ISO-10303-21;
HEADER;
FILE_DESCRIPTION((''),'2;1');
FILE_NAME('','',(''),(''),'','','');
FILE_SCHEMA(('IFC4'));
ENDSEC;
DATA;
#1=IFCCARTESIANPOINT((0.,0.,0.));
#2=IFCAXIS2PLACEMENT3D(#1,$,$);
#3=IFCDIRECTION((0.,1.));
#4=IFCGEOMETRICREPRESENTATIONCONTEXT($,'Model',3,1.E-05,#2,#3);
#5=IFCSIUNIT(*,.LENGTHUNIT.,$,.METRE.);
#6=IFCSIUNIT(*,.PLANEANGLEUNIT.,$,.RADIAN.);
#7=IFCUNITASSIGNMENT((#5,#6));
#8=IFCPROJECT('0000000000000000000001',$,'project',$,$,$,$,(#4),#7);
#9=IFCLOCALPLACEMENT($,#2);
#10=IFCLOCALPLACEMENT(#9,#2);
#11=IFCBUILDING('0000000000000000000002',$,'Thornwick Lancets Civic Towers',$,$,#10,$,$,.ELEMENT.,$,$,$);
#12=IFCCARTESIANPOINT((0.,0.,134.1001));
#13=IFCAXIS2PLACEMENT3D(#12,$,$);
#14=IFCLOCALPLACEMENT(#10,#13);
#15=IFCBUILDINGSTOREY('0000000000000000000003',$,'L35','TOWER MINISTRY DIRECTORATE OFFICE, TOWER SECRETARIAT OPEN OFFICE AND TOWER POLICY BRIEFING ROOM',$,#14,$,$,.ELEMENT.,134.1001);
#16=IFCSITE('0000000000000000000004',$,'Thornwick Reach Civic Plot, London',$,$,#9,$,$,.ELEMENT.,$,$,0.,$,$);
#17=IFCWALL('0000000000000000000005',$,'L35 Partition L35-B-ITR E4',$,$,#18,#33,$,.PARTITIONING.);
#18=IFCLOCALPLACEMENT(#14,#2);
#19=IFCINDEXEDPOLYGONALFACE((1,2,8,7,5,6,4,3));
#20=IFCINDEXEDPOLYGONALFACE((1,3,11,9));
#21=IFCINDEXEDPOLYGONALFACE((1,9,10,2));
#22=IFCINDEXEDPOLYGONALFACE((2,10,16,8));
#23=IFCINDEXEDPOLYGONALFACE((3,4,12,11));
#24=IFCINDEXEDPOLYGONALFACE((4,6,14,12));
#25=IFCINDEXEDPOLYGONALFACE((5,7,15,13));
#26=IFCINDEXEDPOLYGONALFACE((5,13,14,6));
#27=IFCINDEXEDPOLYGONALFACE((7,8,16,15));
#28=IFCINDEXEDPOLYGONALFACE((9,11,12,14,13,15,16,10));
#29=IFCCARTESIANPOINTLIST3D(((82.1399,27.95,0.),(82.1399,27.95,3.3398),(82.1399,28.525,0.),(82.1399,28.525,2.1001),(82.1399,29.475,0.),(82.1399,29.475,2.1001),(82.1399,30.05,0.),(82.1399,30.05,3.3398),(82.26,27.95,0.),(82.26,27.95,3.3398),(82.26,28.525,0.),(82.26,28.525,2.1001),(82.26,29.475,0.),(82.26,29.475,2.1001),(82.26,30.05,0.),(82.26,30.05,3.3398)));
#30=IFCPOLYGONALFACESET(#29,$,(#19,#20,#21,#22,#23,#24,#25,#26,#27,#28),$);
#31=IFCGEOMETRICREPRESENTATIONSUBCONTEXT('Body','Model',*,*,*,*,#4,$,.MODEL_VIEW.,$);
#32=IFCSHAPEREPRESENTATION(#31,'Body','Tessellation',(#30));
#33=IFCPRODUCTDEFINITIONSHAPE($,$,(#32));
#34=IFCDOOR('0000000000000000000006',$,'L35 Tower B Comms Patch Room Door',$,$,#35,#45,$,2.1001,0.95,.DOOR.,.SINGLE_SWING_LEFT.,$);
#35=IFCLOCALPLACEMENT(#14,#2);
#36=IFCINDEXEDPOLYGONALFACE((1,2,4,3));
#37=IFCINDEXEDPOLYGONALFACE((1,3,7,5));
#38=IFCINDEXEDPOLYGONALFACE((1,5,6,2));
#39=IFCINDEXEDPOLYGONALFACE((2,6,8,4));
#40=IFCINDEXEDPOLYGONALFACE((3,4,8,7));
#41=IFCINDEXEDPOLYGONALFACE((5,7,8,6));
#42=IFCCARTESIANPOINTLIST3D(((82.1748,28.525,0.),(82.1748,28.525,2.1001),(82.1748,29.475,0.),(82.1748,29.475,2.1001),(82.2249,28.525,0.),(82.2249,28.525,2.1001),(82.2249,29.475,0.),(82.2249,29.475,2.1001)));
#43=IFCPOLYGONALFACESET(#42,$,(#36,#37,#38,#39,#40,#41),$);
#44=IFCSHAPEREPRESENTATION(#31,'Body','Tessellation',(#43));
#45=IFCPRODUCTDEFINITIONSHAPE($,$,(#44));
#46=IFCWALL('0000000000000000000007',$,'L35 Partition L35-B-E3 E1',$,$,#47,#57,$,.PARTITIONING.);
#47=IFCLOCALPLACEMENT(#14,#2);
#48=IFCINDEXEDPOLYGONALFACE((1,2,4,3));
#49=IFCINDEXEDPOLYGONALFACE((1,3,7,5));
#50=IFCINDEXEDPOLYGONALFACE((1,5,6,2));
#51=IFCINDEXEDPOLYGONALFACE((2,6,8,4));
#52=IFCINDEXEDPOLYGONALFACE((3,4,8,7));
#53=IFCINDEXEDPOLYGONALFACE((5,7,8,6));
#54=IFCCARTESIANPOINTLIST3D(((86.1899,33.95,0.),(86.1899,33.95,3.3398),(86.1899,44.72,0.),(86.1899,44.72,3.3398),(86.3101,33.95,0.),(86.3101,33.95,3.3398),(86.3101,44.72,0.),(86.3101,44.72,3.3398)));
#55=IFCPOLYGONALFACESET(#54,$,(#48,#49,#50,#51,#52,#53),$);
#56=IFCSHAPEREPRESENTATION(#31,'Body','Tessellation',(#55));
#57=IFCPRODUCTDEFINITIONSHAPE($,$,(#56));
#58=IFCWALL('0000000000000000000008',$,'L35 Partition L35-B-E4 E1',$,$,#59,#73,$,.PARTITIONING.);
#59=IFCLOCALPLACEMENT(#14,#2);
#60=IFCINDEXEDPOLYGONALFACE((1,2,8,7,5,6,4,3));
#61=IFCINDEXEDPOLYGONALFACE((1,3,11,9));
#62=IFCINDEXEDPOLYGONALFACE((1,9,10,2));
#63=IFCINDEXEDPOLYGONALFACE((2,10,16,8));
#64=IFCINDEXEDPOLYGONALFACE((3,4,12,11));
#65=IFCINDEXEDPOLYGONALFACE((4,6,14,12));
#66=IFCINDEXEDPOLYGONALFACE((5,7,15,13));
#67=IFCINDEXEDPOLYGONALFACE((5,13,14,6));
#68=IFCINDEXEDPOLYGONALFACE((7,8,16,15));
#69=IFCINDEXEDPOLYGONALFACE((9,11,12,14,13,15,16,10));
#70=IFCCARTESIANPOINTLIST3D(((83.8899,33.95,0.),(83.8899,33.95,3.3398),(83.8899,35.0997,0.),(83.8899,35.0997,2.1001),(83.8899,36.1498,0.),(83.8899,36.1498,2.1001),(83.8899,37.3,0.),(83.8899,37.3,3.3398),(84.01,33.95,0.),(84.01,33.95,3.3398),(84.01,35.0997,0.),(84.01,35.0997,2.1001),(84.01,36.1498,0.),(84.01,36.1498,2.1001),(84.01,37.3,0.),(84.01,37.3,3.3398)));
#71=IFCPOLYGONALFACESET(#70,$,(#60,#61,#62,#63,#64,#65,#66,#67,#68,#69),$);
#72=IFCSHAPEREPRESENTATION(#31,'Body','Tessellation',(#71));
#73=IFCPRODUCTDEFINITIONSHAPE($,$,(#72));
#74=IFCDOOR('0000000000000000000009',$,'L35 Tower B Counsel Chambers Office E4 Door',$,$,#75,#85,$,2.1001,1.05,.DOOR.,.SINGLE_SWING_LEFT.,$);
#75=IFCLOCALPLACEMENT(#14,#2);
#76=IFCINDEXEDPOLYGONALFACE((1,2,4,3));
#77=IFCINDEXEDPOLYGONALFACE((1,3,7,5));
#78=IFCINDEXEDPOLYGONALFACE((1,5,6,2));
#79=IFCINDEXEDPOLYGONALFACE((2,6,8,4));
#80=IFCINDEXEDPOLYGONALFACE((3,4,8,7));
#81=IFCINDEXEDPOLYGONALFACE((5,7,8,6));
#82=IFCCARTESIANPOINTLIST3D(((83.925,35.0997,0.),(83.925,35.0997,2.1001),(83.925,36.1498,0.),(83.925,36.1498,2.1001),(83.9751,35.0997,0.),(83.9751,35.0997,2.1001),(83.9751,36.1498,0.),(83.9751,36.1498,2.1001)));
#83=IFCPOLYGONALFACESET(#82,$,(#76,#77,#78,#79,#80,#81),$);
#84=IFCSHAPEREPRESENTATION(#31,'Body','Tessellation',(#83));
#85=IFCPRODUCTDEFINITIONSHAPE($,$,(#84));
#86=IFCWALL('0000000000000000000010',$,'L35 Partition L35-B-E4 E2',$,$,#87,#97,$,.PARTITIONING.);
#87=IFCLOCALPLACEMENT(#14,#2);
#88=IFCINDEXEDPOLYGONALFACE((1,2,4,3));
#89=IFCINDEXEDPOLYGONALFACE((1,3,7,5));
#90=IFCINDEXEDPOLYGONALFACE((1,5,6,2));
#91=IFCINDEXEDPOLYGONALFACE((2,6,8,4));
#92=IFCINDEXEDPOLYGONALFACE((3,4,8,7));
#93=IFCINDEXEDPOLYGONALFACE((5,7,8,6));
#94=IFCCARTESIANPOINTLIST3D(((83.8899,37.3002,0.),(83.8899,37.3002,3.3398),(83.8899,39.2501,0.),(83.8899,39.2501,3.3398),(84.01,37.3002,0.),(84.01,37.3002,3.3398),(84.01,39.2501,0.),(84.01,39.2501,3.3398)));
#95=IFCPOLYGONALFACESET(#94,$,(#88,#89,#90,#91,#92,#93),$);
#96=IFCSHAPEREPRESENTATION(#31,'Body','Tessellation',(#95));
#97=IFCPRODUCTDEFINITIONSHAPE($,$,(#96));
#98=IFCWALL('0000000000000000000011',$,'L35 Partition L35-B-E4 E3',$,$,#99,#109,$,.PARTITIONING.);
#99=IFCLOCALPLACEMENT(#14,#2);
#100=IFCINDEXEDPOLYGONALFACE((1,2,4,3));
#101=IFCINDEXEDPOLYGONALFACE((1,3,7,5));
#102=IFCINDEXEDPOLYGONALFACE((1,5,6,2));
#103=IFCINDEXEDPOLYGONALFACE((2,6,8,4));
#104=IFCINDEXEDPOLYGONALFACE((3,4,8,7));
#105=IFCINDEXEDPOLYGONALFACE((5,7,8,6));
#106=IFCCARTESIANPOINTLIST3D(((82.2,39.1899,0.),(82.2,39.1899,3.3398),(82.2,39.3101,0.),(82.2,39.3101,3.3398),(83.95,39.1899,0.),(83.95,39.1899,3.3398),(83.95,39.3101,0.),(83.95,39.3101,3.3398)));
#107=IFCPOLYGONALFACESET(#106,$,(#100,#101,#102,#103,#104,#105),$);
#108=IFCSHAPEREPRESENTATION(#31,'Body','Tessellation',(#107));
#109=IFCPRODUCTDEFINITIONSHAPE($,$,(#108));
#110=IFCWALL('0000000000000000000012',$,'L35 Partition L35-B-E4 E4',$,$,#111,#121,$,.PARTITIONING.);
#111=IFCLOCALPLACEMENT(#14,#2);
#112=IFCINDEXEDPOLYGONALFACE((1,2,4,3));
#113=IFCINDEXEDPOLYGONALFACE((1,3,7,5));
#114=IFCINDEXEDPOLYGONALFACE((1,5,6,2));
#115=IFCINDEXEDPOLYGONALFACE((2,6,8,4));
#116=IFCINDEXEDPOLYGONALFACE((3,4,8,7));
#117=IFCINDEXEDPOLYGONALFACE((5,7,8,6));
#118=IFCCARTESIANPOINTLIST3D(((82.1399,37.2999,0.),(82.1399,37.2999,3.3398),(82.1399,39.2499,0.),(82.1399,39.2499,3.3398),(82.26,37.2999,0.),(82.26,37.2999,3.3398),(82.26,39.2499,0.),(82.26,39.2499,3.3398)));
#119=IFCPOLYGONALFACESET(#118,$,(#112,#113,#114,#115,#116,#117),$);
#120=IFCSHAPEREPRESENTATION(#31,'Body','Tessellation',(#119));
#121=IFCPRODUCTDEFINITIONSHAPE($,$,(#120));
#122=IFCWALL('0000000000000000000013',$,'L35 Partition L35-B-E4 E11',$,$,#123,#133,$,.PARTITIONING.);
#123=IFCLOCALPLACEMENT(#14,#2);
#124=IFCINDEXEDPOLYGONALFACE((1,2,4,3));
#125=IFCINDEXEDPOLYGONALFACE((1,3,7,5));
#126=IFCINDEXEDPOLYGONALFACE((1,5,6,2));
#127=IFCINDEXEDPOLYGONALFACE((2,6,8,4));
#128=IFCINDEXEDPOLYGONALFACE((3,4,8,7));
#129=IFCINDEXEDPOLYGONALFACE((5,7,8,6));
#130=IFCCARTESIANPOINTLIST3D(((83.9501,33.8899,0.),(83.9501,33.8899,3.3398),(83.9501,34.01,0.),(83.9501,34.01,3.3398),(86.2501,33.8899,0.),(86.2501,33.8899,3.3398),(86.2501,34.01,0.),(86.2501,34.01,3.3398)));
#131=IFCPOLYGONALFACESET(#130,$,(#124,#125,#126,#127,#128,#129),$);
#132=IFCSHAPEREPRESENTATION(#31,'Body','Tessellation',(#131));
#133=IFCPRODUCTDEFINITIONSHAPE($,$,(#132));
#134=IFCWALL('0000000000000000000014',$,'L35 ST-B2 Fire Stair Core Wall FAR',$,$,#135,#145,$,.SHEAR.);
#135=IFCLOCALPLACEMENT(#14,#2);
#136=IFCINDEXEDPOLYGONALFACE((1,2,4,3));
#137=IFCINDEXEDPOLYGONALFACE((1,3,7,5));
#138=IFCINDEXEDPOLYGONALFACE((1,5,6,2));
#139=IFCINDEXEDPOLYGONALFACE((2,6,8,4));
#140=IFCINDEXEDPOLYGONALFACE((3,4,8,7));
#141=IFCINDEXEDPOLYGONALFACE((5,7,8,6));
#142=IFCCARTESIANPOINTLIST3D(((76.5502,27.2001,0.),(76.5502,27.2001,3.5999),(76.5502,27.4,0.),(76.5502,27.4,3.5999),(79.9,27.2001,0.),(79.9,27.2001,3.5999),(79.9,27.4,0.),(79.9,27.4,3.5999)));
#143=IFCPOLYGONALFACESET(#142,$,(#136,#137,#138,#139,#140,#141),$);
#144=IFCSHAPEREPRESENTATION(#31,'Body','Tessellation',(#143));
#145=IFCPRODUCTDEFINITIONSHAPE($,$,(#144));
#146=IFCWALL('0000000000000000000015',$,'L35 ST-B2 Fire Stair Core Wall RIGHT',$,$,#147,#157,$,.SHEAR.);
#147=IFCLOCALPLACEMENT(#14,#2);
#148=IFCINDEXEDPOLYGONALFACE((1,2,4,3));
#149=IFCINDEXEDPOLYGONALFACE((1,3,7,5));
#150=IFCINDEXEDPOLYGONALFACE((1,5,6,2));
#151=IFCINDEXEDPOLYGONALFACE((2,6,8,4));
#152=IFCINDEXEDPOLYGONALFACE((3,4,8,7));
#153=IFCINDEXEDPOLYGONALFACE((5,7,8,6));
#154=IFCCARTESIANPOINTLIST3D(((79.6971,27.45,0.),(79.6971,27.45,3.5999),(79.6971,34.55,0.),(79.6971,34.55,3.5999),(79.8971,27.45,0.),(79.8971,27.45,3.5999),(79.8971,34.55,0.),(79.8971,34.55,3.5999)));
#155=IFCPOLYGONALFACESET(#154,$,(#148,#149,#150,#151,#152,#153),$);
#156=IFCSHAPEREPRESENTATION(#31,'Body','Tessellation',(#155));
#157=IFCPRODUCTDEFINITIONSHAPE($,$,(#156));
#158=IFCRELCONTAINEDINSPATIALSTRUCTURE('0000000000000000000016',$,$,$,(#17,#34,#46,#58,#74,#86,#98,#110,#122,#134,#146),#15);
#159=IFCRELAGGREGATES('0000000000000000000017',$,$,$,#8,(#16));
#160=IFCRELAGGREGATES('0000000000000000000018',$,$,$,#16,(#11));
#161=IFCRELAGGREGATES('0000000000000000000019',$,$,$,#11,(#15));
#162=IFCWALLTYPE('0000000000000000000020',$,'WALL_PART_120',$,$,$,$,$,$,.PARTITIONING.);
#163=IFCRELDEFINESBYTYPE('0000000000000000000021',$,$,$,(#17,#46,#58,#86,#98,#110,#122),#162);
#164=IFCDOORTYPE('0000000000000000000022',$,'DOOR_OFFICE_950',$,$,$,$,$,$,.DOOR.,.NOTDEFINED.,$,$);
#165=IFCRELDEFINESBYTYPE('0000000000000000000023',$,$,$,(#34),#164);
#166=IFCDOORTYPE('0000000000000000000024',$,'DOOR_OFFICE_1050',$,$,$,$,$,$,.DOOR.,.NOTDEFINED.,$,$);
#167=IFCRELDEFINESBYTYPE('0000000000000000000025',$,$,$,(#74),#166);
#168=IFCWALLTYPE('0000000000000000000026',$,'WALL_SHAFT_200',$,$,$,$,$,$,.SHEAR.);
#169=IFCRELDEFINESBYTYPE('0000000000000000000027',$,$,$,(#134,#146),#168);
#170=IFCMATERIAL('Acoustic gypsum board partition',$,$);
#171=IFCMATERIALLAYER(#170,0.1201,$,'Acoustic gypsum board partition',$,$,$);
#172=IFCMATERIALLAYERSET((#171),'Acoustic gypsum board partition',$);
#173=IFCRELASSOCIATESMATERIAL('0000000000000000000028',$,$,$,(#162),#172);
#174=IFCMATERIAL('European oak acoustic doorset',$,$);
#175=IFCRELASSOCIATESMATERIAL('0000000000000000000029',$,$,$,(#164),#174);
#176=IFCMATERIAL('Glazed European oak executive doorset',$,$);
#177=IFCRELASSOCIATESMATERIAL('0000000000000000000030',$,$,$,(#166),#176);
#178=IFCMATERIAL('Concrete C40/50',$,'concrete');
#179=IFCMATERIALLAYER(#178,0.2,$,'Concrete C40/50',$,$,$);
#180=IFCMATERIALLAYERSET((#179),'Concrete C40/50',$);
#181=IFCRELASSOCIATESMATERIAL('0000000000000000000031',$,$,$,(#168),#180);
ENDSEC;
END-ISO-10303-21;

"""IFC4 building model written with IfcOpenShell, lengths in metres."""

from ifc_helpers import new_model, si_unit, direction, frame, frame_2d, origin, place, context, subcontext, project, spatial, rectangle, extrude, material, layer, layer_set, type_object, element, fill, save


model = new_model("IFC4")

# Units and contexts
model_context = context("Model", 3, precision=1e-05, world=origin(), true_north=direction((0.0, 1.0)))
body_context = subcontext(model_context, "Body", "Model", "MODEL_VIEW")
ifc_project = project(units=[si_unit("LENGTHUNIT", "METRE"), si_unit("PLANEANGLEUNIT", "RADIAN")], contexts=[model_context])

# Site, building, storey
site_placement = place(None, origin())
site = spatial("IfcSite", under=ifc_project, at=site_placement, Name="Thornwick Reach Civic Plot, London", CompositionType="ELEMENT", RefElevation=0.0)
building_placement = place(site_placement, origin())
building = spatial("IfcBuilding", under=site, at=building_placement, Name="Thornwick Lancets Civic Towers", CompositionType="ELEMENT")
storey_placement = place(building_placement, frame((0.0, 0.0, 134.1001)))
storey = spatial("IfcBuildingStorey", under=building, at=storey_placement, Name="L35", Description="TOWER MINISTRY DIRECTORATE OFFICE, TOWER SECRETARIAT OPEN OFFICE AND TOWER POLICY BRIEFING ROOM", CompositionType="ELEMENT", Elevation=134.1001)

# Shared definitions
ifc_material_1 = material(Name="Acoustic gypsum board partition")
ifc_layer_1 = layer(ifc_material_1, 0.1201, Name="Acoustic gypsum board partition")
ifc_layer_set_1 = layer_set([ifc_layer_1], Name="Acoustic gypsum board partition")
wall_type_1 = type_object("IfcWallType", Name="WALL_PART_120", PredefinedType="PARTITIONING", material=ifc_layer_set_1)

# Wall, opening, door
wall_1_placement = place(storey_placement, frame((82.2, 30.05, 0.0), z_axis=(0.0, 0.0, 1.0), x_axis=(0.0, -1.0, 0.0)))
wall_1 = element("IfcWall", 1, at=wall_1_placement, inside=storey, type_object=wall_type_1, Name="L35 Partition L35-B-ITR E4", PredefinedType="PARTITIONING", context=body_context, shape_type="SweptSolid", body=[
    extrude(rectangle(XDim=2.1001, YDim=0.1201, at=frame_2d((1.05, 0.0))), origin(), (0.0, 0.0, 1.0), 3.3398),
])
opening_1_placement = place(wall_1_placement, frame((0.575, 0.0, 0.0)))
opening_1 = element("IfcOpeningElement", 2, at=opening_1_placement, cuts=wall_1, PredefinedType="OPENING", context=body_context, shape_type="SweptSolid", body=[
    extrude(rectangle(XDim=0.95, YDim=2.1001, at=frame_2d((0.4751, 1.05))), frame((0.0, 0.0701, 0.0), z_axis=(0.0, -1.0, 0.0), x_axis=(1.0, 0.0, 0.0)), (0.0, 0.0, 1.0), 0.1401),
])
ifc_material_2 = material(Name="European oak acoustic doorset")
door_type_1 = type_object("IfcDoorType", Name="DOOR_OFFICE_950", OperationType="NOTDEFINED", PredefinedType="DOOR", material=ifc_material_2)
door_1_placement = place(opening_1_placement, origin())
door_1 = element("IfcDoor", 3, at=door_1_placement, inside=storey, type_object=door_type_1, Name="L35 Tower B Comms Patch Room Door", OperationType="SINGLE_SWING_LEFT", OverallHeight=2.1001, OverallWidth=0.95, PredefinedType="DOOR", context=body_context, shape_type="SweptSolid", body=[
    extrude(rectangle(XDim=0.95, YDim=2.1001, at=frame_2d((0.4751, 1.05))), frame((0.0, 0.0249, 0.0), z_axis=(0.0, -1.0, 0.0), x_axis=(1.0, 0.0, 0.0)), (0.0, 0.0, 1.0), 0.05),
])
fill(opening_1, door_1)

# Wall
wall_2_placement = place(storey_placement, frame((86.25, 33.95, 0.0), z_axis=(0.0, 0.0, 1.0), x_axis=(0.0, 1.0, 0.0)))
element("IfcWall", 4, at=wall_2_placement, inside=storey, type_object=wall_type_1, Name="L35 Partition L35-B-E3 E1", PredefinedType="PARTITIONING", context=body_context, shape_type="SweptSolid", body=[
    extrude(rectangle(XDim=10.77, YDim=0.1201, at=frame_2d((5.385, 0.0))), origin(), (0.0, 0.0, 1.0), 3.3398),
])

# Wall, opening, door
wall_3_placement = place(storey_placement, frame((83.95, 33.95, 0.0), z_axis=(0.0, 0.0, 1.0), x_axis=(0.0, 1.0, 0.0)))
wall_3 = element("IfcWall", 5, at=wall_3_placement, inside=storey, type_object=wall_type_1, Name="L35 Partition L35-B-E4 E1", PredefinedType="PARTITIONING", context=body_context, shape_type="SweptSolid", body=[
    extrude(rectangle(XDim=3.3501, YDim=0.1201, at=frame_2d((1.675, 0.0))), origin(), (0.0, 0.0, 1.0), 3.3398),
])
opening_2_placement = place(wall_3_placement, frame((1.1499, 0.0, 0.0)))
opening_2 = element("IfcOpeningElement", 6, at=opening_2_placement, cuts=wall_3, PredefinedType="OPENING", context=body_context, shape_type="SweptSolid", body=[
    extrude(rectangle(XDim=1.05, YDim=2.1001, at=frame_2d((0.5249, 1.05))), frame((0.0, 0.0701, 0.0), z_axis=(0.0, -1.0, 0.0), x_axis=(1.0, 0.0, 0.0)), (0.0, 0.0, 1.0), 0.1401),
])
ifc_material_3 = material(Name="Glazed European oak executive doorset")
door_type_2 = type_object("IfcDoorType", Name="DOOR_OFFICE_1050", OperationType="NOTDEFINED", PredefinedType="DOOR", material=ifc_material_3)
door_2_placement = place(opening_2_placement, origin())
door_2 = element("IfcDoor", 7, at=door_2_placement, inside=storey, type_object=door_type_2, Name="L35 Tower B Counsel Chambers Office E4 Door", OperationType="SINGLE_SWING_LEFT", OverallHeight=2.1001, OverallWidth=1.05, PredefinedType="DOOR", context=body_context, shape_type="SweptSolid", body=[
    extrude(rectangle(XDim=1.05, YDim=2.1001, at=frame_2d((0.5249, 1.05))), frame((0.0, 0.0249, 0.0), z_axis=(0.0, -1.0, 0.0), x_axis=(1.0, 0.0, 0.0)), (0.0, 0.0, 1.0), 0.05),
])
fill(opening_2, door_2)

# Walls
wall_4_placement = place(storey_placement, frame((83.95, 37.3, 0.0), z_axis=(0.0, 0.0, 1.0), x_axis=(0.0, 1.0, 0.0)))
element("IfcWall", 8, at=wall_4_placement, inside=storey, type_object=wall_type_1, Name="L35 Partition L35-B-E4 E2", PredefinedType="PARTITIONING", context=body_context, shape_type="SweptSolid", body=[
    extrude(rectangle(XDim=1.95, YDim=0.1201, at=frame_2d((0.9751, 0.0))), origin(), (0.0, 0.0, 1.0), 3.3398),
])
wall_5_placement = place(storey_placement, frame((83.95, 39.25, 0.0), z_axis=(0.0, 0.0, 1.0), x_axis=(-1.0, 0.0, 0.0)))
element("IfcWall", 9, at=wall_5_placement, inside=storey, type_object=wall_type_1, Name="L35 Partition L35-B-E4 E3", PredefinedType="PARTITIONING", context=body_context, shape_type="SweptSolid", body=[
    extrude(rectangle(XDim=1.75, YDim=0.1201, at=frame_2d((0.875, 0.0))), origin(), (0.0, 0.0, 1.0), 3.3398),
])
wall_6_placement = place(storey_placement, frame((82.2, 39.25, 0.0), z_axis=(0.0, 0.0, 1.0), x_axis=(0.0, -1.0, 0.0)))
element("IfcWall", 10, at=wall_6_placement, inside=storey, type_object=wall_type_1, Name="L35 Partition L35-B-E4 E4", PredefinedType="PARTITIONING", context=body_context, shape_type="SweptSolid", body=[
    extrude(rectangle(XDim=1.95, YDim=0.1201, at=frame_2d((0.9751, 0.0))), origin(), (0.0, 0.0, 1.0), 3.3398),
])
wall_7_placement = place(storey_placement, frame((86.25, 33.95, 0.0), z_axis=(0.0, 0.0, 1.0), x_axis=(-1.0, 0.0, 0.0)))
element("IfcWall", 11, at=wall_7_placement, inside=storey, type_object=wall_type_1, Name="L35 Partition L35-B-E4 E11", PredefinedType="PARTITIONING", context=body_context, shape_type="SweptSolid", body=[
    extrude(rectangle(XDim=2.3, YDim=0.1201, at=frame_2d((1.1499, 0.0))), origin(), (0.0, 0.0, 1.0), 3.3398),
])
ifc_material_4 = material(Name="Concrete C40/50", Category="concrete")
ifc_layer_2 = layer(ifc_material_4, 0.2, Name="Concrete C40/50")
ifc_layer_set_2 = layer_set([ifc_layer_2], Name="Concrete C40/50")
wall_type_2 = type_object("IfcWallType", Name="WALL_SHAFT_200", PredefinedType="SHEAR", material=ifc_layer_set_2)
wall_8_placement = place(storey_placement, frame((79.8999, 27.3, 0.0), z_axis=(0.0, 0.0, 1.0), x_axis=(-1.0, 0.0, 0.0)))
element("IfcWall", 12, at=wall_8_placement, inside=storey, type_object=wall_type_2, Name="L35 ST-B2 Fire Stair Core Wall FAR", PredefinedType="SHEAR", context=body_context, shape_type="SweptSolid", body=[
    extrude(rectangle(XDim=3.3499, YDim=0.2, at=frame_2d((1.6748, 0.0))), origin(), (0.0, 0.0, 1.0), 3.5999),
])
wall_9_placement = place(storey_placement, frame((79.7971, 27.45, 0.0), z_axis=(0.0, 0.0, 1.0), x_axis=(0.0, 1.0, 0.0)))
element("IfcWall", 13, at=wall_9_placement, inside=storey, type_object=wall_type_2, Name="L35 ST-B2 Fire Stair Core Wall RIGHT", PredefinedType="SHEAR", context=body_context, shape_type="SweptSolid", body=[
    extrude(rectangle(XDim=7.1001, YDim=0.2, at=frame_2d((3.55, 0.0))), origin(), (0.0, 0.0, 1.0), 3.5999),
])

save(model, "model.ifc")
